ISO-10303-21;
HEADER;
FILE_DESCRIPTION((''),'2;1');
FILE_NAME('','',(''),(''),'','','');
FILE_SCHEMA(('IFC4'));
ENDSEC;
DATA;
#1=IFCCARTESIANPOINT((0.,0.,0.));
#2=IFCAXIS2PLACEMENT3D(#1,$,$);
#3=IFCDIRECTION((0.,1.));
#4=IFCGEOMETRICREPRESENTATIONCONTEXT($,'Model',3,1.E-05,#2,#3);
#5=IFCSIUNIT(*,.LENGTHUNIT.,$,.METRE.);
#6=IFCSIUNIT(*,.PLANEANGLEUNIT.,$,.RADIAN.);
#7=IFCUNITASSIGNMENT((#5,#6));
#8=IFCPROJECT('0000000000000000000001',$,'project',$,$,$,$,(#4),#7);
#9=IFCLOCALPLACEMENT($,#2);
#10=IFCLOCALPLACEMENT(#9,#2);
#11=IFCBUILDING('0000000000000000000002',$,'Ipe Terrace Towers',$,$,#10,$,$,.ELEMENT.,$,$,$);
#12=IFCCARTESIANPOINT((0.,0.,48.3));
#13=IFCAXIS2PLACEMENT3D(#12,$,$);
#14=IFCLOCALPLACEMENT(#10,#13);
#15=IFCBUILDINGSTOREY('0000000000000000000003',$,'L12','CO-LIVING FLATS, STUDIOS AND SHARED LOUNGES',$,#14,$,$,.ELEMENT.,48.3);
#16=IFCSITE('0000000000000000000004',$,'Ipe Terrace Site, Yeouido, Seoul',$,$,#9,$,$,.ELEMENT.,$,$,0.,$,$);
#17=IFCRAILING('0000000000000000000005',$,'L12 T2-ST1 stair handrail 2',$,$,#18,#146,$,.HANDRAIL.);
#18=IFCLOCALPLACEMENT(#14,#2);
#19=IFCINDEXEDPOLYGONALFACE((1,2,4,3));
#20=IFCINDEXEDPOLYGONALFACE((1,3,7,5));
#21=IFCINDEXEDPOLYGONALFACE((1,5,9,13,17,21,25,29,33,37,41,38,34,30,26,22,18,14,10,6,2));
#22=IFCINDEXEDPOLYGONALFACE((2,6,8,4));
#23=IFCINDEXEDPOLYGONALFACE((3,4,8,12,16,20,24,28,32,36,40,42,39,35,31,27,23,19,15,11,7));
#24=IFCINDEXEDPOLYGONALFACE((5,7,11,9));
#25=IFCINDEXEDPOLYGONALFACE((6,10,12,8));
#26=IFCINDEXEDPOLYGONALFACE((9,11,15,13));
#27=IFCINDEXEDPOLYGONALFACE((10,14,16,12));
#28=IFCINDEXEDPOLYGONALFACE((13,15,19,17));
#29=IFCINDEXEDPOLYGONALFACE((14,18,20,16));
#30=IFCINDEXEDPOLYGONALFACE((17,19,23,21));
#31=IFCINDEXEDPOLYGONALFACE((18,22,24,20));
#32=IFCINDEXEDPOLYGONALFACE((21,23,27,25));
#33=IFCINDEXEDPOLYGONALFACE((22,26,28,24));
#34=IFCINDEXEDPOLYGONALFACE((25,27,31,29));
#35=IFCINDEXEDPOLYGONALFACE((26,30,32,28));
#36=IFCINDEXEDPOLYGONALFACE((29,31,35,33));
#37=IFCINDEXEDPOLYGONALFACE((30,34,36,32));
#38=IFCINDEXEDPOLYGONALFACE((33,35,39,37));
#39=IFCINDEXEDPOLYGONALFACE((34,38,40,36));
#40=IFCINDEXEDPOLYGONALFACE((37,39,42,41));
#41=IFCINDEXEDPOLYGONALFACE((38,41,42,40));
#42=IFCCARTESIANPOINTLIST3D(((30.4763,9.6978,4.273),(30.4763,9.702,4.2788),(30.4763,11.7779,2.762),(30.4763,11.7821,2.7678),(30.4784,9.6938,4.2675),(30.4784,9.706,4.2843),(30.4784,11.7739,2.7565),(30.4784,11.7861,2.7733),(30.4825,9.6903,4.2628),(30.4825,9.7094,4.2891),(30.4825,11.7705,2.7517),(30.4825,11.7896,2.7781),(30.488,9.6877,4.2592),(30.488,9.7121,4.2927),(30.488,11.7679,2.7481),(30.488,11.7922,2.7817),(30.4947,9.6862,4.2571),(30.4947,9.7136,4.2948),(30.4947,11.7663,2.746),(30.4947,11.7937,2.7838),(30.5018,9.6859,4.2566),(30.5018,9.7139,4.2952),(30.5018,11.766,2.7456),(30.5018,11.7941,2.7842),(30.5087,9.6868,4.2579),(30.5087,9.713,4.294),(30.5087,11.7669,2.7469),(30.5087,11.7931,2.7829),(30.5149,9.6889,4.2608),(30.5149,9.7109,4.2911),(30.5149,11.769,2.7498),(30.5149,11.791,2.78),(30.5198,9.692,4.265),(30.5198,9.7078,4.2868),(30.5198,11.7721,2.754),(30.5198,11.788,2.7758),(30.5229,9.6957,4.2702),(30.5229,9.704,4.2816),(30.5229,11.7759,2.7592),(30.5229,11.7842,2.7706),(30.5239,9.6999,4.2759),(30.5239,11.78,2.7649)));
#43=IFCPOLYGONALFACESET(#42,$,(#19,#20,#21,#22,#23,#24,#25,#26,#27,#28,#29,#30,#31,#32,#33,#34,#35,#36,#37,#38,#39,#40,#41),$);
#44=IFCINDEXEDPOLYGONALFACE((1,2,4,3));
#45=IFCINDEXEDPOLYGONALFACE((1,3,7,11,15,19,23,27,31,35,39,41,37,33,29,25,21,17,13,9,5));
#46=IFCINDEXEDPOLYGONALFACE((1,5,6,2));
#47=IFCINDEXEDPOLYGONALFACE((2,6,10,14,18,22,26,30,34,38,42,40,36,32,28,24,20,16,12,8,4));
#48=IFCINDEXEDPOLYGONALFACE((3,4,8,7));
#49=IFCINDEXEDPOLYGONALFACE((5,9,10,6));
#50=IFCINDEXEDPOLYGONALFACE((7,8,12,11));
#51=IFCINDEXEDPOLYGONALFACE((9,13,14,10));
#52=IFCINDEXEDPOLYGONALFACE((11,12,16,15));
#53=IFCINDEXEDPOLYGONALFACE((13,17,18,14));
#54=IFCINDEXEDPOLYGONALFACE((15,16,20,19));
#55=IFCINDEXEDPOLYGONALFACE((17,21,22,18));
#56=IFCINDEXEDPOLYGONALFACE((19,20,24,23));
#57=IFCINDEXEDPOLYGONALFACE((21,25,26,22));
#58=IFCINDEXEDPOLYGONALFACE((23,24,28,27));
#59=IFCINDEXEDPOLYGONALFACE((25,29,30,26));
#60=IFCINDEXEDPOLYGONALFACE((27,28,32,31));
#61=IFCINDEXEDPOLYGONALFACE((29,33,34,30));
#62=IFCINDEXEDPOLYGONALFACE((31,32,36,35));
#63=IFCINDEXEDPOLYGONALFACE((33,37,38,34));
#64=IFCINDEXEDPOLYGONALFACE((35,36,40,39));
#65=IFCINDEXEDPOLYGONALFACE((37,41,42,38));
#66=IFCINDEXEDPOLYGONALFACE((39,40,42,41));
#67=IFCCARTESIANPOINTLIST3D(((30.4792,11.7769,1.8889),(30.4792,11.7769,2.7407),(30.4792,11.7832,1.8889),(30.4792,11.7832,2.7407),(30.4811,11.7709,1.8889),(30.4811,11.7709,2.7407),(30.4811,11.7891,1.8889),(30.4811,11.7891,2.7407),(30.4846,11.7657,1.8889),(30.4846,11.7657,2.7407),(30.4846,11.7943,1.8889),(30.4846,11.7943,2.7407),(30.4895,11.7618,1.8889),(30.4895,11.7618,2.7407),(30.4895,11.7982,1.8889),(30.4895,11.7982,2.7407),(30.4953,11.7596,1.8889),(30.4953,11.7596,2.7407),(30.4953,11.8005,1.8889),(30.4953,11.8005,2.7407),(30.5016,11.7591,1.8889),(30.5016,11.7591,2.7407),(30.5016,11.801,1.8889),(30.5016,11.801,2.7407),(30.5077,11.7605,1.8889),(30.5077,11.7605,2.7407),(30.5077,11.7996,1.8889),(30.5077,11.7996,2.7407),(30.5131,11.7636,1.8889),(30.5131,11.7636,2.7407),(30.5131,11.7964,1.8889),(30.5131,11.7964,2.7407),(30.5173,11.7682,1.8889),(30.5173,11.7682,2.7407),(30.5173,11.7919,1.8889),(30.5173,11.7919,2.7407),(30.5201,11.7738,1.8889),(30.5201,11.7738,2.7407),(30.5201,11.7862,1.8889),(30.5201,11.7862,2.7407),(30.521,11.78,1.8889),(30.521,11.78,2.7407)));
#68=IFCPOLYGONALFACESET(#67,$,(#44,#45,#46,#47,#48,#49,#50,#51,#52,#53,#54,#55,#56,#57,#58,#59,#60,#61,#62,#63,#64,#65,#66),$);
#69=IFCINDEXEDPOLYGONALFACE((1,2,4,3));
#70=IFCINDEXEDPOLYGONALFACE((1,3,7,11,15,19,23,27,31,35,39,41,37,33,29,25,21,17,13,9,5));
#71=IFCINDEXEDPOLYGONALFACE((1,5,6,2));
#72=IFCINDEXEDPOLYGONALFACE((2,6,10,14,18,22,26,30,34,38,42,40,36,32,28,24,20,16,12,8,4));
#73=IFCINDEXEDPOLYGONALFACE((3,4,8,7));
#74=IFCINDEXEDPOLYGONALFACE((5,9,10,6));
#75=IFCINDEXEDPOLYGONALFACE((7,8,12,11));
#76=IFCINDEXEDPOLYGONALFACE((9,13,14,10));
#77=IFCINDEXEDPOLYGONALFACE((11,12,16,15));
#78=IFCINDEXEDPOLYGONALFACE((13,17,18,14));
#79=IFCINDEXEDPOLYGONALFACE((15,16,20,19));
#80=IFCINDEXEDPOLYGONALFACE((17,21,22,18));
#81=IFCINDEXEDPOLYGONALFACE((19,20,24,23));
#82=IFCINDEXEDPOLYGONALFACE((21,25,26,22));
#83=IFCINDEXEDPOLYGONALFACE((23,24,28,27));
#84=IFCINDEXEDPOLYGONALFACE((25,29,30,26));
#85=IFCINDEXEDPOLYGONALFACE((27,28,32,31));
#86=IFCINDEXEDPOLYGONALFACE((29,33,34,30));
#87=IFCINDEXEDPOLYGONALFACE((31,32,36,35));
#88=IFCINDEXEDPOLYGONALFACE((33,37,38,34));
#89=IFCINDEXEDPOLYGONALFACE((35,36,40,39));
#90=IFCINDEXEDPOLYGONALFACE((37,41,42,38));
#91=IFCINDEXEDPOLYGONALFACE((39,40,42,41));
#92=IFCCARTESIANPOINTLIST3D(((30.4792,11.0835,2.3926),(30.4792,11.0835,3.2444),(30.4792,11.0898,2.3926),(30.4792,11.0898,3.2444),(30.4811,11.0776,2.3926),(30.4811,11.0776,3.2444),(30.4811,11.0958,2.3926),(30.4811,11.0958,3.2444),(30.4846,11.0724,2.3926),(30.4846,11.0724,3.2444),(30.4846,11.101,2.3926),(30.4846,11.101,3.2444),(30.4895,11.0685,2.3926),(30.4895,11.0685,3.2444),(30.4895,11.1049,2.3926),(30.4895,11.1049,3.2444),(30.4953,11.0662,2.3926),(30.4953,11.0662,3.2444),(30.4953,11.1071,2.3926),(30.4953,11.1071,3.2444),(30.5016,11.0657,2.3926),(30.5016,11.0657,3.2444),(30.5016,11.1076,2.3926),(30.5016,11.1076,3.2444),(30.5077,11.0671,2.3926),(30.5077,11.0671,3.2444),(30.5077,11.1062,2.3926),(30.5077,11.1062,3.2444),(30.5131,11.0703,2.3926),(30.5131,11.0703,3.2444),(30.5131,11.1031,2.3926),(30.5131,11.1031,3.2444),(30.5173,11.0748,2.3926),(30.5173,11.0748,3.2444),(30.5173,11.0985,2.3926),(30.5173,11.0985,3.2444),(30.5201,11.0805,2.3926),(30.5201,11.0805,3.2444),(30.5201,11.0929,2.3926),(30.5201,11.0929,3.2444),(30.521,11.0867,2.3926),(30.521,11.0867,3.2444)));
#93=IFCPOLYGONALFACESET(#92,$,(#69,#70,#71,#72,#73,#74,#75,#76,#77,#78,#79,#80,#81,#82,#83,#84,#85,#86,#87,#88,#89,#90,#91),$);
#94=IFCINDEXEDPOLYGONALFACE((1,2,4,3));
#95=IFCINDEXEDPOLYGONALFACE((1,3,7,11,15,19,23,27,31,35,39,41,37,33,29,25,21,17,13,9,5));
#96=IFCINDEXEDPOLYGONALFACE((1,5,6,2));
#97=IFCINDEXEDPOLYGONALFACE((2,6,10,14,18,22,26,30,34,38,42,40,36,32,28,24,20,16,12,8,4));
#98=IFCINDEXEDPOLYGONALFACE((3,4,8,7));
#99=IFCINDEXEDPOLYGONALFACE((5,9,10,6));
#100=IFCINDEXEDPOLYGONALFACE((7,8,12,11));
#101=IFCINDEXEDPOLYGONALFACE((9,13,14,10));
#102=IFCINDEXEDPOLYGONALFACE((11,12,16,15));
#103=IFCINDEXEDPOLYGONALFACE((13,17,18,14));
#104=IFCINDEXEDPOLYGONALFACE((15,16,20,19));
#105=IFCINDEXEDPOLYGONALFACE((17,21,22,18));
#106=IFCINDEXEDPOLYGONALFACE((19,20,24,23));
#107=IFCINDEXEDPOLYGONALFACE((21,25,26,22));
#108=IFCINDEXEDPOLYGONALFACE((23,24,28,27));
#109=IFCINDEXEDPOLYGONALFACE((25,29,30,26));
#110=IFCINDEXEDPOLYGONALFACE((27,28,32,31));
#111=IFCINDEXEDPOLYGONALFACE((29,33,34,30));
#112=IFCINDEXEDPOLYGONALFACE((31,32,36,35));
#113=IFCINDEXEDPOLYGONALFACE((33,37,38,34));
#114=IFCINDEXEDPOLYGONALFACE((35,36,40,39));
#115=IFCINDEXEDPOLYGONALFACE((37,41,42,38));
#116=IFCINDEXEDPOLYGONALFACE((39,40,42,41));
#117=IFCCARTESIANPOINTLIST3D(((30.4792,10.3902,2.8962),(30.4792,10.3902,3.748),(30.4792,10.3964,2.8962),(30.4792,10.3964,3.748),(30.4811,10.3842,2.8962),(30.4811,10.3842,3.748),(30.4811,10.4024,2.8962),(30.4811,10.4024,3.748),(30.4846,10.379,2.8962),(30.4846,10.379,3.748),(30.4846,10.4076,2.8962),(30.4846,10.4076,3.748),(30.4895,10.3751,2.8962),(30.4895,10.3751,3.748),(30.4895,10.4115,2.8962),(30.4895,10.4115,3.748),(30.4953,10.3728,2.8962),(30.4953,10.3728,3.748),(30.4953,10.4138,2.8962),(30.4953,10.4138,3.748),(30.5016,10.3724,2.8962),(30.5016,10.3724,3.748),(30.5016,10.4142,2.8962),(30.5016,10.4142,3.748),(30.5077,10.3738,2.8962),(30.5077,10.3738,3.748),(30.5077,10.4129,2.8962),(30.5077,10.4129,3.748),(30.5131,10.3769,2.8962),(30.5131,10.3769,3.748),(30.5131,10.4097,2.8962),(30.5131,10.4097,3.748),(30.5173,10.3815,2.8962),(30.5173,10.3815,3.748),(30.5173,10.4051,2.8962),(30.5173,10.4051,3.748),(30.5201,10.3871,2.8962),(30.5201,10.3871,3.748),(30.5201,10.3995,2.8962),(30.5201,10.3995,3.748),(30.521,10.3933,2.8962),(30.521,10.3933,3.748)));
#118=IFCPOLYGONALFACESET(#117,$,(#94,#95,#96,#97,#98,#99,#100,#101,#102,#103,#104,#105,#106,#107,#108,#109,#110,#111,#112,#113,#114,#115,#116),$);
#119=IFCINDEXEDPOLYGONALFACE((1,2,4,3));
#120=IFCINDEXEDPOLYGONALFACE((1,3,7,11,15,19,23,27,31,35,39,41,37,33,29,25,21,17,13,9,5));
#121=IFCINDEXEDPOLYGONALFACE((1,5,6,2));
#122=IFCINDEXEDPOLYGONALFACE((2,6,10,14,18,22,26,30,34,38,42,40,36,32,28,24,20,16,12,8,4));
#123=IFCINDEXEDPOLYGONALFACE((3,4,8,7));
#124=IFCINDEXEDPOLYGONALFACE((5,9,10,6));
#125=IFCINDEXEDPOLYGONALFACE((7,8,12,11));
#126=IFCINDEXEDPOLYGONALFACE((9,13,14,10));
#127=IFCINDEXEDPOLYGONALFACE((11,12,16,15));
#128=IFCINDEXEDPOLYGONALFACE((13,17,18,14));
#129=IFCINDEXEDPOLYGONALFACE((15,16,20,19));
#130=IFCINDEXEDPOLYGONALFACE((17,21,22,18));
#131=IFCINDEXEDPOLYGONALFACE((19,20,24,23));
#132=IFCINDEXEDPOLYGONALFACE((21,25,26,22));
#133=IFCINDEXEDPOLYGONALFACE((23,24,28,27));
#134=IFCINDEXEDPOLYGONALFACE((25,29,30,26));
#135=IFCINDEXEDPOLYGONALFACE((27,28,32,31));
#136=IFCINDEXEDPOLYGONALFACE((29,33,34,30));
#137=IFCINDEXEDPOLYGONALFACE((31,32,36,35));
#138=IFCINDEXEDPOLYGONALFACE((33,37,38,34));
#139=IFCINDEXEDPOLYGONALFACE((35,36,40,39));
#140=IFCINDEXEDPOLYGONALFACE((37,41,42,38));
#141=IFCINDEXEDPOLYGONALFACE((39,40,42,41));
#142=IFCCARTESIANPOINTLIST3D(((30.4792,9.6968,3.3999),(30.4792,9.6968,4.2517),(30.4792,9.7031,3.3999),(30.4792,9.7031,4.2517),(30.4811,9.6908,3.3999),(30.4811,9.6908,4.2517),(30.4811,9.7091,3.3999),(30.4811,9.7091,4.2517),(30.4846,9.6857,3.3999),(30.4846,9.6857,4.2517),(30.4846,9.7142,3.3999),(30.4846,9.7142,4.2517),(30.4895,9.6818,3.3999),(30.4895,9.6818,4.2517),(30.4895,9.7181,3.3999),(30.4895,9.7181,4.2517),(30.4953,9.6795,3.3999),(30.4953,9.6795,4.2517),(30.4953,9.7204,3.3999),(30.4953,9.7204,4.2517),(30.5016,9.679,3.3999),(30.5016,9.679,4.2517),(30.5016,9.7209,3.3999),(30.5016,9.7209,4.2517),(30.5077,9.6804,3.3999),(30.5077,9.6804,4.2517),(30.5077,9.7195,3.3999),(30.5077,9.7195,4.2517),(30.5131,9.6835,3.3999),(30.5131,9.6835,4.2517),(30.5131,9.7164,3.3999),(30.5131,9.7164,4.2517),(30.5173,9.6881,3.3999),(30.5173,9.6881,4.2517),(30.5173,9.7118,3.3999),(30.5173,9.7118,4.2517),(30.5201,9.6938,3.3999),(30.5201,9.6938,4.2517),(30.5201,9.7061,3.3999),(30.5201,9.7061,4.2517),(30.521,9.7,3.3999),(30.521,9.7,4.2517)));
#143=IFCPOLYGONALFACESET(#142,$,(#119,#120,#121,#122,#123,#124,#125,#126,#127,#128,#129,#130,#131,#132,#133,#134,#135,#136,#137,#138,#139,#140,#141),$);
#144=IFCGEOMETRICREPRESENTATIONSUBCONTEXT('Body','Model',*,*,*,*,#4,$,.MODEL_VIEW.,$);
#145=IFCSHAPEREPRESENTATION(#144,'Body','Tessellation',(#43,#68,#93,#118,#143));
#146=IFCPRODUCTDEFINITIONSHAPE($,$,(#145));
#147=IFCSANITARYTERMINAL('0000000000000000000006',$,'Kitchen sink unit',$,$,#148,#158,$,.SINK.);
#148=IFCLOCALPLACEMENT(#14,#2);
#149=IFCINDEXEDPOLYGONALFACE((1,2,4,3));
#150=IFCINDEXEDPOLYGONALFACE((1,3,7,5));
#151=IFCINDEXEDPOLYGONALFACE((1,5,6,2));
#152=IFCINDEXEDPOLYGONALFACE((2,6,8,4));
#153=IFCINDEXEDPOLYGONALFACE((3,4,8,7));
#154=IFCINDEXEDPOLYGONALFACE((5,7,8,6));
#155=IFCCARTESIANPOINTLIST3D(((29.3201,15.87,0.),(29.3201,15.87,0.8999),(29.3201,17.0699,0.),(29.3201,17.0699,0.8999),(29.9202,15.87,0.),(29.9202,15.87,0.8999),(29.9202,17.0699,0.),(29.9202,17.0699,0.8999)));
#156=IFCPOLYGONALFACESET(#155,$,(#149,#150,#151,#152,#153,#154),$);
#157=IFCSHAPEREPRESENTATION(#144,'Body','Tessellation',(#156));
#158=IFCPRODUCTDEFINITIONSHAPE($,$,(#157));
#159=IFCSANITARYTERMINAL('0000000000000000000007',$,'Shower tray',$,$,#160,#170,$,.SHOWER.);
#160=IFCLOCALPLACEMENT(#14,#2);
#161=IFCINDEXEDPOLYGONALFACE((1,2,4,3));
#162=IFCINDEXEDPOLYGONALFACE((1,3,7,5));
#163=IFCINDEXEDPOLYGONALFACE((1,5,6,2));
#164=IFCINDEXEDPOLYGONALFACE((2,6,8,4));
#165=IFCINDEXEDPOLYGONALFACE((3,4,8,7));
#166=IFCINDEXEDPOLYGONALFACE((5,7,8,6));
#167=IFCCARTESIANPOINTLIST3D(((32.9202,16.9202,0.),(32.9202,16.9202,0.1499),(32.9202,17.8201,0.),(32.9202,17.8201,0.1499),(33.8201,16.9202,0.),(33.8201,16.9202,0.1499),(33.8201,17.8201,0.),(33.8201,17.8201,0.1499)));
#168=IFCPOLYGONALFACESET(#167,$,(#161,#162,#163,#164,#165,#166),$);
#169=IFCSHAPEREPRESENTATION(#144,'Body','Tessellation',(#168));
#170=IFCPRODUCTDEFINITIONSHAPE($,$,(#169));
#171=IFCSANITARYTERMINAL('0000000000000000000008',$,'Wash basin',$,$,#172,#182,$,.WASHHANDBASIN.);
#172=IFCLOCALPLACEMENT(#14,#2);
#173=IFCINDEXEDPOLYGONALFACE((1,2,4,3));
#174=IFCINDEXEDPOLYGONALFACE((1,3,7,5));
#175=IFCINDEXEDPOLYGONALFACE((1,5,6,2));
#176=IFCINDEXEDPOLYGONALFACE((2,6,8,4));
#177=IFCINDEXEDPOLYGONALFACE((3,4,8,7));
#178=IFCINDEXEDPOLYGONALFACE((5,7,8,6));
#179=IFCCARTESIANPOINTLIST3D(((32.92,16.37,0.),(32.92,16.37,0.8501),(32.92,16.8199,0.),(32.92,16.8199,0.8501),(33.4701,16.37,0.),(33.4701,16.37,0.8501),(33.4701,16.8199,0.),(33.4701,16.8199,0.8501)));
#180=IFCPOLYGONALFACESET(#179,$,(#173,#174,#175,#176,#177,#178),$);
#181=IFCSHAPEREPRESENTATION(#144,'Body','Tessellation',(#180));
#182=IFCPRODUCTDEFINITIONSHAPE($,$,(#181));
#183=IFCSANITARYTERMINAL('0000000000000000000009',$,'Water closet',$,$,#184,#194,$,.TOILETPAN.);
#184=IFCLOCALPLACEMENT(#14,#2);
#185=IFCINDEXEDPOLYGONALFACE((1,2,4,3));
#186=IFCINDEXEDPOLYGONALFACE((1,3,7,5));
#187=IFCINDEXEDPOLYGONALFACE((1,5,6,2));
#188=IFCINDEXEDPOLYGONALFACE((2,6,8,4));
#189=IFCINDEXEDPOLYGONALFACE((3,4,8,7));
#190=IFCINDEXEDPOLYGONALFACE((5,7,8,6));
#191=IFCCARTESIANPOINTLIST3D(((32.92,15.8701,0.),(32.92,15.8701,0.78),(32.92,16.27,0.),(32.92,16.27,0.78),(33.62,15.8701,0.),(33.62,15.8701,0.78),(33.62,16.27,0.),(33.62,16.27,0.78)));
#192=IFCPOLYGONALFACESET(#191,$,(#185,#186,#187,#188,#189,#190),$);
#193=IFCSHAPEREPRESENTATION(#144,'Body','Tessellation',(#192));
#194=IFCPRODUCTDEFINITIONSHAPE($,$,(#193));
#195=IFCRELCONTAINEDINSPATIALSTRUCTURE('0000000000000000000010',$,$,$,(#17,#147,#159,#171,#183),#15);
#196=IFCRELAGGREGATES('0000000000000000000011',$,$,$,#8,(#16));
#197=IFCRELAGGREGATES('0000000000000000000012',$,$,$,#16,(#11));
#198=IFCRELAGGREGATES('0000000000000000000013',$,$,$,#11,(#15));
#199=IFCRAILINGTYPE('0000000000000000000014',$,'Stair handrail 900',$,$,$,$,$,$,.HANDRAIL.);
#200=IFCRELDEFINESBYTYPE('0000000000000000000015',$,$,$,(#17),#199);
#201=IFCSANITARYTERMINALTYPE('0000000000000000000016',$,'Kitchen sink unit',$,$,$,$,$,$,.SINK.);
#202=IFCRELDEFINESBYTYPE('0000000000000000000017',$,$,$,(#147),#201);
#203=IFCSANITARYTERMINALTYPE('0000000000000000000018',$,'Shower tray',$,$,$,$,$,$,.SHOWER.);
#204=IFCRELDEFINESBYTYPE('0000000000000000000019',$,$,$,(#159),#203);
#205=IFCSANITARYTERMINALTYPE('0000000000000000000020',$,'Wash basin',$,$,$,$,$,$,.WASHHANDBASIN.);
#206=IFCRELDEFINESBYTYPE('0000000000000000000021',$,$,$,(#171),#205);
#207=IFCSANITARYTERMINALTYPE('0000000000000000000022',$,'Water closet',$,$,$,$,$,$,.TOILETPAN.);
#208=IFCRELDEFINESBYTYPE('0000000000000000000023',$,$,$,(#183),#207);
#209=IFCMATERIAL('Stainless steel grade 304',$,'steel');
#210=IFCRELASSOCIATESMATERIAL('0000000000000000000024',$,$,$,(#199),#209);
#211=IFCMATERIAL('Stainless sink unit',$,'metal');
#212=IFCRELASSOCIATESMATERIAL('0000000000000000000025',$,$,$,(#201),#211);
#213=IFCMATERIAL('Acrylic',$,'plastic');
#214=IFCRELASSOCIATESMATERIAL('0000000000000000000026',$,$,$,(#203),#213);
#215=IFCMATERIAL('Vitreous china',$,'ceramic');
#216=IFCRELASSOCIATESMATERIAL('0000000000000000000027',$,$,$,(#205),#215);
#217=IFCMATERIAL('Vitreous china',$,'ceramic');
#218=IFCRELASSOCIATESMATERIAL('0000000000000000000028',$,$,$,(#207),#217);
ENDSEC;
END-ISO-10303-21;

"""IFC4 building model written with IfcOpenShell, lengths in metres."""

from ifc_helpers import new_model, si_unit, direction, frame, origin, origin_2d, place, context, subcontext, project, spatial, rectangle, circle, extrude, material, type_object, element, save


model = new_model("IFC4")

# Units and contexts
model_context = context("Model", 3, precision=1e-05, world=origin(), true_north=direction((0.0, 1.0)))
body_context = subcontext(model_context, "Body", "Model", "MODEL_VIEW")
ifc_project = project(units=[si_unit("LENGTHUNIT", "METRE"), si_unit("PLANEANGLEUNIT", "RADIAN")], contexts=[model_context])

# Site, building, storey
site_placement = place(None, origin())
site = spatial("IfcSite", under=ifc_project, at=site_placement, Name="Ipe Terrace Site, Yeouido, Seoul", CompositionType="ELEMENT", RefElevation=0.0)
building_placement = place(site_placement, origin())
building = spatial("IfcBuilding", under=site, at=building_placement, Name="Ipe Terrace Towers", CompositionType="ELEMENT")
storey_placement = place(building_placement, frame((0.0, 0.0, 48.3)))
storey = spatial("IfcBuildingStorey", under=building, at=storey_placement, Name="L12", Description="CO-LIVING FLATS, STUDIOS AND SHARED LOUNGES", CompositionType="ELEMENT", Elevation=48.3)

# Railing
ifc_material_1 = material(Name="Stainless steel grade 304", Category="steel")
railing_type_1 = type_object("IfcRailingType", Name="Stair handrail 900", PredefinedType="HANDRAIL", material=ifc_material_1)
railing_1_placement = place(storey_placement, frame((30.5, 11.78, 1.8889)))
element("IfcRailing", 1, at=railing_1_placement, inside=storey, type_object=railing_type_1, Name="L12 T2-ST1 stair handrail 2", PredefinedType="HANDRAIL", context=body_context, shape_type="SweptSolid", body=[
    extrude(circle(Radius=0.0239, at=origin_2d()), frame((0.0, 0.0, 0.876), z_axis=(0.0, -0.809069, 0.587714), x_axis=(1.0, 0.0, 0.0)), (0.0, 0.0, 1.0), 2.571),
    extrude(circle(Radius=0.021, at=origin_2d()), origin(), (0.0, 0.0, 1.0), 0.8518),
    extrude(circle(Radius=0.021, at=origin_2d()), frame((0.0, -0.6934, 0.5037)), (0.0, 0.0, 1.0), 0.8518),
    extrude(circle(Radius=0.021, at=origin_2d()), frame((0.0, -1.3867, 1.0073)), (0.0, 0.0, 1.0), 0.8518),
    extrude(circle(Radius=0.021, at=origin_2d()), frame((0.0, -2.0801, 1.511)), (0.0, 0.0, 1.0), 0.8518),
])

# Sanitary terminals
ifc_material_2 = material(Name="Stainless sink unit", Category="metal")
sanitary_terminal_type_1 = type_object("IfcSanitaryTerminalType", Name="Kitchen sink unit", PredefinedType="SINK", material=ifc_material_2)
sanitary_terminal_1_placement = place(storey_placement, frame((29.6201, 16.47, 0.0), z_axis=(0.0, 0.0, 1.0), x_axis=(0.0, 1.0, 0.0)))
element("IfcSanitaryTerminal", 2, at=sanitary_terminal_1_placement, inside=storey, type_object=sanitary_terminal_type_1, Name="Kitchen sink unit", PredefinedType="SINK", context=body_context, shape_type="SweptSolid", body=[
    extrude(rectangle(XDim=1.2, YDim=0.6001, at=origin_2d()), origin(), (0.0, 0.0, 1.0), 0.8999),
])
ifc_material_3 = material(Name="Acrylic", Category="plastic")
sanitary_terminal_type_2 = type_object("IfcSanitaryTerminalType", Name="Shower tray", PredefinedType="SHOWER", material=ifc_material_3)
sanitary_terminal_2_placement = place(storey_placement, frame((33.3701, 17.3701, 0.0), z_axis=(0.0, 0.0, 1.0), x_axis=(1.0, 0.0, 0.0)))
element("IfcSanitaryTerminal", 3, at=sanitary_terminal_2_placement, inside=storey, type_object=sanitary_terminal_type_2, Name="Shower tray", PredefinedType="SHOWER", context=body_context, shape_type="SweptSolid", body=[
    extrude(rectangle(XDim=0.8999, YDim=0.8999, at=origin_2d()), origin(), (0.0, 0.0, 1.0), 0.1499),
])
ifc_material_4 = material(Name="Vitreous china", Category="ceramic")
sanitary_terminal_type_3 = type_object("IfcSanitaryTerminalType", Name="Wash basin", PredefinedType="WASHHANDBASIN", material=ifc_material_4)
sanitary_terminal_3_placement = place(storey_placement, frame((33.1951, 16.595, 0.0), z_axis=(0.0, 0.0, 1.0), x_axis=(1.0, 0.0, 0.0)))
element("IfcSanitaryTerminal", 4, at=sanitary_terminal_3_placement, inside=storey, type_object=sanitary_terminal_type_3, Name="Wash basin", PredefinedType="WASHHANDBASIN", context=body_context, shape_type="SweptSolid", body=[
    extrude(rectangle(XDim=0.55, YDim=0.45, at=origin_2d()), origin(), (0.0, 0.0, 1.0), 0.8501),
])
ifc_material_5 = material(Name="Vitreous china", Category="ceramic")
sanitary_terminal_type_4 = type_object("IfcSanitaryTerminalType", Name="Water closet", PredefinedType="TOILETPAN", material=ifc_material_5)
sanitary_terminal_4_placement = place(storey_placement, frame((33.27, 16.0701, 0.0), z_axis=(0.0, 0.0, 1.0), x_axis=(1.0, 0.0, 0.0)))
element("IfcSanitaryTerminal", 5, at=sanitary_terminal_4_placement, inside=storey, type_object=sanitary_terminal_type_4, Name="Water closet", PredefinedType="TOILETPAN", context=body_context, shape_type="SweptSolid", body=[
    extrude(rectangle(XDim=0.7, YDim=0.3999, at=origin_2d()), origin(), (0.0, 0.0, 1.0), 0.78),
])

save(model, "model.ifc")
